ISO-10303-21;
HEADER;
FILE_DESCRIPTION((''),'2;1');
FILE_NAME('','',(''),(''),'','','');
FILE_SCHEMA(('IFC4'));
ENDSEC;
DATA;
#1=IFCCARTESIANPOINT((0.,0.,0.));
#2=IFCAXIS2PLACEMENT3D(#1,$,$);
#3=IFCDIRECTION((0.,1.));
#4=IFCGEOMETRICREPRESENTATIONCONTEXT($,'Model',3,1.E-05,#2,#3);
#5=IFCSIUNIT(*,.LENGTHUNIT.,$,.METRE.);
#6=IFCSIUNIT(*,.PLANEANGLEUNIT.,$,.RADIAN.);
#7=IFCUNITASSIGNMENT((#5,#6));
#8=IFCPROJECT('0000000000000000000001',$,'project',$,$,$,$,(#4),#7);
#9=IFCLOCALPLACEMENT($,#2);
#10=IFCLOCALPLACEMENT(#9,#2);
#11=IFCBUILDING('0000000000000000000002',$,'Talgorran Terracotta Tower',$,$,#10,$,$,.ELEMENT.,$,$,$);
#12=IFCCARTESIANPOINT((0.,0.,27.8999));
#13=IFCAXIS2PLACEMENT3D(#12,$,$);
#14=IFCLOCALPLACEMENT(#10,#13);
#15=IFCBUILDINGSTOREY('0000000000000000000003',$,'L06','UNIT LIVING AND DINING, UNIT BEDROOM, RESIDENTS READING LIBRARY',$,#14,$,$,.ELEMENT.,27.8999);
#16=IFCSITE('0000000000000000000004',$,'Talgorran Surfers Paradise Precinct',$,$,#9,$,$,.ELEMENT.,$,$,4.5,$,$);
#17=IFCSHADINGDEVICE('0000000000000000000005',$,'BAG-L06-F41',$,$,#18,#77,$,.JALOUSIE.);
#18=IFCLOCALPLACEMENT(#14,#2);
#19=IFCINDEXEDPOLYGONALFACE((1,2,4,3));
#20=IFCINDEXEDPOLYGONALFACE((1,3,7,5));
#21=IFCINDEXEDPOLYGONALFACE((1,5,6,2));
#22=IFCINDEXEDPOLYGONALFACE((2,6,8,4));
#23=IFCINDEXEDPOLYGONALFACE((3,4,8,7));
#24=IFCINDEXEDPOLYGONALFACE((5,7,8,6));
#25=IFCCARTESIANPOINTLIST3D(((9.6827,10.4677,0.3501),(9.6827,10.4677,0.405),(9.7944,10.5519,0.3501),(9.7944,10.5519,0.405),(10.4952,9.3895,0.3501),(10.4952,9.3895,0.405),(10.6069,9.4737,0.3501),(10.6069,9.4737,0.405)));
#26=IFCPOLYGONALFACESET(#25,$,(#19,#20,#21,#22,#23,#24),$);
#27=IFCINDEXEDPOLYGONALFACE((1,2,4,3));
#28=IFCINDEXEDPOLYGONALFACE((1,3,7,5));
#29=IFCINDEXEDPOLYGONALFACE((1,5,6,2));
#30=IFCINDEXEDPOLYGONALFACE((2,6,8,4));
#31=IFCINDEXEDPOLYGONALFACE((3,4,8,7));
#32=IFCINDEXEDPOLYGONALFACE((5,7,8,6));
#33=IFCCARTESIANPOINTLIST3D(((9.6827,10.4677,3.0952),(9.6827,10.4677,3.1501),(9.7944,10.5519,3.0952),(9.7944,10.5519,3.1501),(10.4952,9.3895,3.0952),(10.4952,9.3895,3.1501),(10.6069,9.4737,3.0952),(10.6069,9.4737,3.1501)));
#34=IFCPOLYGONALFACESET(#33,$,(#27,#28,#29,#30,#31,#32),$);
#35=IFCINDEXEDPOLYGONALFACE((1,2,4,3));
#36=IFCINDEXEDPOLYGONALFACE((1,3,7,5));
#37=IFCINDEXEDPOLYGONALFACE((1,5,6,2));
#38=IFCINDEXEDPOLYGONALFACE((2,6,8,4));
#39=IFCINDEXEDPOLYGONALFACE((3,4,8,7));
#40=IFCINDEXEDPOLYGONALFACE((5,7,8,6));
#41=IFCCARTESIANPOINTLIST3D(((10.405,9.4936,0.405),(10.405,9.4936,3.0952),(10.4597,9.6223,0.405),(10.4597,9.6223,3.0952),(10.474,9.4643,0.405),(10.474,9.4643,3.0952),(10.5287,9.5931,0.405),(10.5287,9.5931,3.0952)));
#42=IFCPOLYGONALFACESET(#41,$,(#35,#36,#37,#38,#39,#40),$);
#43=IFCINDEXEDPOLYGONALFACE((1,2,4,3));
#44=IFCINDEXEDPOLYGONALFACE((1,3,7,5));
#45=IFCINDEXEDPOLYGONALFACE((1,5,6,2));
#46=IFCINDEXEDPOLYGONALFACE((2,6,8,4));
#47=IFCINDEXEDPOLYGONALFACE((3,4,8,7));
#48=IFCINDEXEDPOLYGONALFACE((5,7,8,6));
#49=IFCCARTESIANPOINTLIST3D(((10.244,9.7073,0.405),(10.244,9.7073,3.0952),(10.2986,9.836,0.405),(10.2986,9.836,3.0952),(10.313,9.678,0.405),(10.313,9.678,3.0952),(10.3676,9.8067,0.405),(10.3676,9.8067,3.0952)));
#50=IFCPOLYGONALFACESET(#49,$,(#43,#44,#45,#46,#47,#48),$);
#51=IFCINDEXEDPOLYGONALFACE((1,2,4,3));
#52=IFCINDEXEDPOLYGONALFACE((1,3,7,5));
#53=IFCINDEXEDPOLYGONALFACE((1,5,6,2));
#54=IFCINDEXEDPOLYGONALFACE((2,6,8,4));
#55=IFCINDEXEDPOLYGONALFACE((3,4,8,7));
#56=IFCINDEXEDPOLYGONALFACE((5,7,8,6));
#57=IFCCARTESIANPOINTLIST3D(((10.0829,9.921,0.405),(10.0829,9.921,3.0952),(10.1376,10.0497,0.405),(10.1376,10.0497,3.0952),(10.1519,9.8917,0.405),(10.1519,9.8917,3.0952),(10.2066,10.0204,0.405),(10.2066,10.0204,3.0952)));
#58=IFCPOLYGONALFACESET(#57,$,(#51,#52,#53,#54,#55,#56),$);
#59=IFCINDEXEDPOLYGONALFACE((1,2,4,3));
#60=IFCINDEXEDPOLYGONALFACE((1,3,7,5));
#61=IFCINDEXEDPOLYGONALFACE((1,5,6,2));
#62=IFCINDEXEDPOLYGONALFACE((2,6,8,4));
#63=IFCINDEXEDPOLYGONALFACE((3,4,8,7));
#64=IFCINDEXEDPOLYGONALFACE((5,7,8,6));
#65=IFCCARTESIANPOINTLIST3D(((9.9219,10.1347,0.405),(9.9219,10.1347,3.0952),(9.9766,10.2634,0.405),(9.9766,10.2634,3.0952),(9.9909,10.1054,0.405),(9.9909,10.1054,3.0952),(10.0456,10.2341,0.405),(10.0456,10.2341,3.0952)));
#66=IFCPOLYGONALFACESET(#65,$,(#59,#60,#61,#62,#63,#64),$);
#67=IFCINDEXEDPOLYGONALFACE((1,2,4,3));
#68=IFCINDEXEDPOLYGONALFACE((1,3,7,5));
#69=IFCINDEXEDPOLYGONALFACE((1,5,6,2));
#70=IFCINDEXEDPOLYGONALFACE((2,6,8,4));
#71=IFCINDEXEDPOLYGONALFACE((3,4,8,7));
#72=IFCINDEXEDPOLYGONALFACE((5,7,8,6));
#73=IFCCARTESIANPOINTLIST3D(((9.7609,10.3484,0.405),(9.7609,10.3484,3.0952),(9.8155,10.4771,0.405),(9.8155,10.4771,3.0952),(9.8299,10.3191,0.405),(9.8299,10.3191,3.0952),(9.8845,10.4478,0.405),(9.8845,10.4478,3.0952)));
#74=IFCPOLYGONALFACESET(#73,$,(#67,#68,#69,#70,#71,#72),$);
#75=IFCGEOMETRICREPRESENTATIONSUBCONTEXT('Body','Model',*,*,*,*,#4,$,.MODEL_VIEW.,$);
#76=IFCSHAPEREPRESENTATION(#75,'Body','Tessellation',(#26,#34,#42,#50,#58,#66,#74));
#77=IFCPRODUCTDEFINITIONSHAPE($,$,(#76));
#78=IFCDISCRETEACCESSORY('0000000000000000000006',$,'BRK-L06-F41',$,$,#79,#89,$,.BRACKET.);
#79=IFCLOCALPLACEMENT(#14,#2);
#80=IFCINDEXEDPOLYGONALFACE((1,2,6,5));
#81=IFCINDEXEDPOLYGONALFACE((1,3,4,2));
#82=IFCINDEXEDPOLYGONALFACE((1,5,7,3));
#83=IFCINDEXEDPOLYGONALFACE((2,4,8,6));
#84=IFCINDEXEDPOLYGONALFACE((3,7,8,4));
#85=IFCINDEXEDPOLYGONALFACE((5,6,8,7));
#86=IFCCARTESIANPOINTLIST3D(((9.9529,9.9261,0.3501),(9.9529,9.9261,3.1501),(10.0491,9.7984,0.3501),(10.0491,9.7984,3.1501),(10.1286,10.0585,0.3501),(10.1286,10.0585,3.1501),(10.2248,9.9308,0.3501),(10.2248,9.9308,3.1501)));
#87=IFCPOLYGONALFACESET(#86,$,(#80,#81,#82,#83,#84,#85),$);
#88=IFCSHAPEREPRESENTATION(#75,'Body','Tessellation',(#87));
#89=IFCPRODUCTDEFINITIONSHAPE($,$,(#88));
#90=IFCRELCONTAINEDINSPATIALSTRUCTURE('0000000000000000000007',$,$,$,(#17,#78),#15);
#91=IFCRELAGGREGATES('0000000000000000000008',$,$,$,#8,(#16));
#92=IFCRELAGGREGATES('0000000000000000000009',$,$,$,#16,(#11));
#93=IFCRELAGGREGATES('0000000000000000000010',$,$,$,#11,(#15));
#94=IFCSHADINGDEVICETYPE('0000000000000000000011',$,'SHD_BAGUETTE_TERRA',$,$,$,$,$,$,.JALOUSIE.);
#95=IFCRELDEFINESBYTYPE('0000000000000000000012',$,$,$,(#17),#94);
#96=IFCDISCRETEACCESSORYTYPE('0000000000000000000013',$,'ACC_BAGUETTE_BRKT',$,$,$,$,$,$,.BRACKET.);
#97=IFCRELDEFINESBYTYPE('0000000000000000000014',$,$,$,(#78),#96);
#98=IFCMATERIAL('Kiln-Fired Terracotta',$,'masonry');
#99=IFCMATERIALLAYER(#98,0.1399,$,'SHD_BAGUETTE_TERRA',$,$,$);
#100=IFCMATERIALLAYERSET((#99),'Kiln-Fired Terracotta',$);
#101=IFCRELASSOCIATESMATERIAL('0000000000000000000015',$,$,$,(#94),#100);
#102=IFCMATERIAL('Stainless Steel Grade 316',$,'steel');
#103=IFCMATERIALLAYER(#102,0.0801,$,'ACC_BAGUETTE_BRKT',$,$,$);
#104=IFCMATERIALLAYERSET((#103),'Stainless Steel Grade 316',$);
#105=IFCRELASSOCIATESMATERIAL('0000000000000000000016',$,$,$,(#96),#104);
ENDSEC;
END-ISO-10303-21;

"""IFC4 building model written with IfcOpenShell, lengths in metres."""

from ifc_helpers import new_model, si_unit, direction, frame, origin, origin_2d, place, context, subcontext, project, spatial, rectangle, extrude, source, transform, mapped, material, layer, layer_set, type_object, type_shapes, element, save


model = new_model("IFC4")

# Units and contexts
model_context = context("Model", 3, precision=1e-05, world=origin(), true_north=direction((0.0, 1.0)))
body_context = subcontext(model_context, "Body", "Model", "MODEL_VIEW")
ifc_project = project(units=[si_unit("LENGTHUNIT", "METRE"), si_unit("PLANEANGLEUNIT", "RADIAN")], contexts=[model_context])

# Site, building, storey
site_placement = place(None, origin())
site = spatial("IfcSite", under=ifc_project, at=site_placement, Name="Talgorran Surfers Paradise Precinct", CompositionType="ELEMENT", RefElevation=4.5)
building_placement = place(site_placement, origin())
building = spatial("IfcBuilding", under=site, at=building_placement, Name="Talgorran Terracotta Tower", CompositionType="ELEMENT")
storey_placement = place(building_placement, frame((0.0, 0.0, 27.8999)))
storey = spatial("IfcBuildingStorey", under=building, at=storey_placement, Name="L06", Description="UNIT LIVING AND DINING, UNIT BEDROOM, RESIDENTS READING LIBRARY", CompositionType="ELEMENT", Elevation=27.8999)

# Shading device
ifc_material_1 = material(Name="Kiln-Fired Terracotta", Category="masonry")
ifc_layer_1 = layer(ifc_material_1, 0.1399, Name="SHD_BAGUETTE_TERRA")
ifc_layer_set_1 = layer_set([ifc_layer_1], Name="Kiln-Fired Terracotta")
shading_device_type = type_object("IfcShadingDeviceType", Name="SHD_BAGUETTE_TERRA", PredefinedType="JALOUSIE", material=ifc_layer_set_1)
shared_shape_1 = source(origin(), body_context, "Body", "SweptSolid", [
    extrude(rectangle(XDim=1.3501, YDim=0.1399, at=origin_2d()), origin(), (0.0, 0.0, 1.0), 0.0549),
    extrude(rectangle(XDim=1.3501, YDim=0.1399, at=origin_2d()), frame((0.0, 0.0, 2.7451)), (0.0, 0.0, 1.0), 0.0549),
    extrude(rectangle(XDim=0.075, YDim=0.1399, at=origin_2d()), frame((-0.5352, 0.0, 0.0549), z_axis=(0.0, 0.0, 1.0), x_axis=(0.866025, 0.5, 0.0)), (0.0, 0.0, 1.0), 2.6902),
    extrude(rectangle(XDim=0.075, YDim=0.1399, at=origin_2d()), frame((-0.2676, 0.0, 0.0549), z_axis=(0.0, 0.0, 1.0), x_axis=(0.866025, 0.5, 0.0)), (0.0, 0.0, 1.0), 2.6902),
    extrude(rectangle(XDim=0.075, YDim=0.1399, at=origin_2d()), frame((0.0, 0.0, 0.0549), z_axis=(0.0, 0.0, 1.0), x_axis=(0.866025, 0.5, 0.0)), (0.0, 0.0, 1.0), 2.6902),
    extrude(rectangle(XDim=0.075, YDim=0.1399, at=origin_2d()), frame((0.2676, 0.0, 0.0549), z_axis=(0.0, 0.0, 1.0), x_axis=(0.866025, 0.5, 0.0)), (0.0, 0.0, 1.0), 2.6902),
    extrude(rectangle(XDim=0.075, YDim=0.1399, at=origin_2d()), frame((0.5352, 0.0, 0.0549), z_axis=(0.0, 0.0, 1.0), x_axis=(0.866025, 0.5, 0.0)), (0.0, 0.0, 1.0), 2.6902),
])
type_shapes(shading_device_type, [shared_shape_1])
shading_device_placement = place(storey_placement, frame((10.1448, 9.9707, 0.3501), z_axis=(0.0, 0.0, 1.0), x_axis=(-0.601815, 0.798636, 0.0)))
element("IfcShadingDevice", 1, at=shading_device_placement, inside=storey, type_object=shading_device_type, Name="BAG-L06-F41", PredefinedType="JALOUSIE", context=body_context, shape_type="MappedRepresentation", body=[
    mapped(shared_shape_1, transform((0.0, 0.0, 0.0), scale=1.0)),
])

# Discrete accessory
ifc_material_2 = material(Name="Stainless Steel Grade 316", Category="steel")
ifc_layer_2 = layer(ifc_material_2, 0.0801, Name="ACC_BAGUETTE_BRKT")
ifc_layer_set_2 = layer_set([ifc_layer_2], Name="Stainless Steel Grade 316")
discrete_accessory_type = type_object("IfcDiscreteAccessoryType", Name="ACC_BAGUETTE_BRKT", PredefinedType="BRACKET", material=ifc_layer_set_2)
shared_shape_2 = source(origin(), body_context, "Body", "SweptSolid", [
    extrude(rectangle(XDim=0.1599, YDim=0.22, at=origin_2d()), origin(), (0.0, 0.0, 1.0), 2.8),
])
type_shapes(discrete_accessory_type, [shared_shape_2])
discrete_accessory_placement = place(storey_placement, frame((10.0889, 9.9285, 0.3501), z_axis=(0.0, 0.0, 1.0), x_axis=(-0.601815, 0.798636, 0.0)))
element("IfcDiscreteAccessory", 2, at=discrete_accessory_placement, inside=storey, type_object=discrete_accessory_type, Name="BRK-L06-F41", PredefinedType="BRACKET", context=body_context, shape_type="MappedRepresentation", body=[
    mapped(shared_shape_2, transform((0.0, 0.0, 0.0), scale=1.0)),
])

save(model, "model.ifc")
